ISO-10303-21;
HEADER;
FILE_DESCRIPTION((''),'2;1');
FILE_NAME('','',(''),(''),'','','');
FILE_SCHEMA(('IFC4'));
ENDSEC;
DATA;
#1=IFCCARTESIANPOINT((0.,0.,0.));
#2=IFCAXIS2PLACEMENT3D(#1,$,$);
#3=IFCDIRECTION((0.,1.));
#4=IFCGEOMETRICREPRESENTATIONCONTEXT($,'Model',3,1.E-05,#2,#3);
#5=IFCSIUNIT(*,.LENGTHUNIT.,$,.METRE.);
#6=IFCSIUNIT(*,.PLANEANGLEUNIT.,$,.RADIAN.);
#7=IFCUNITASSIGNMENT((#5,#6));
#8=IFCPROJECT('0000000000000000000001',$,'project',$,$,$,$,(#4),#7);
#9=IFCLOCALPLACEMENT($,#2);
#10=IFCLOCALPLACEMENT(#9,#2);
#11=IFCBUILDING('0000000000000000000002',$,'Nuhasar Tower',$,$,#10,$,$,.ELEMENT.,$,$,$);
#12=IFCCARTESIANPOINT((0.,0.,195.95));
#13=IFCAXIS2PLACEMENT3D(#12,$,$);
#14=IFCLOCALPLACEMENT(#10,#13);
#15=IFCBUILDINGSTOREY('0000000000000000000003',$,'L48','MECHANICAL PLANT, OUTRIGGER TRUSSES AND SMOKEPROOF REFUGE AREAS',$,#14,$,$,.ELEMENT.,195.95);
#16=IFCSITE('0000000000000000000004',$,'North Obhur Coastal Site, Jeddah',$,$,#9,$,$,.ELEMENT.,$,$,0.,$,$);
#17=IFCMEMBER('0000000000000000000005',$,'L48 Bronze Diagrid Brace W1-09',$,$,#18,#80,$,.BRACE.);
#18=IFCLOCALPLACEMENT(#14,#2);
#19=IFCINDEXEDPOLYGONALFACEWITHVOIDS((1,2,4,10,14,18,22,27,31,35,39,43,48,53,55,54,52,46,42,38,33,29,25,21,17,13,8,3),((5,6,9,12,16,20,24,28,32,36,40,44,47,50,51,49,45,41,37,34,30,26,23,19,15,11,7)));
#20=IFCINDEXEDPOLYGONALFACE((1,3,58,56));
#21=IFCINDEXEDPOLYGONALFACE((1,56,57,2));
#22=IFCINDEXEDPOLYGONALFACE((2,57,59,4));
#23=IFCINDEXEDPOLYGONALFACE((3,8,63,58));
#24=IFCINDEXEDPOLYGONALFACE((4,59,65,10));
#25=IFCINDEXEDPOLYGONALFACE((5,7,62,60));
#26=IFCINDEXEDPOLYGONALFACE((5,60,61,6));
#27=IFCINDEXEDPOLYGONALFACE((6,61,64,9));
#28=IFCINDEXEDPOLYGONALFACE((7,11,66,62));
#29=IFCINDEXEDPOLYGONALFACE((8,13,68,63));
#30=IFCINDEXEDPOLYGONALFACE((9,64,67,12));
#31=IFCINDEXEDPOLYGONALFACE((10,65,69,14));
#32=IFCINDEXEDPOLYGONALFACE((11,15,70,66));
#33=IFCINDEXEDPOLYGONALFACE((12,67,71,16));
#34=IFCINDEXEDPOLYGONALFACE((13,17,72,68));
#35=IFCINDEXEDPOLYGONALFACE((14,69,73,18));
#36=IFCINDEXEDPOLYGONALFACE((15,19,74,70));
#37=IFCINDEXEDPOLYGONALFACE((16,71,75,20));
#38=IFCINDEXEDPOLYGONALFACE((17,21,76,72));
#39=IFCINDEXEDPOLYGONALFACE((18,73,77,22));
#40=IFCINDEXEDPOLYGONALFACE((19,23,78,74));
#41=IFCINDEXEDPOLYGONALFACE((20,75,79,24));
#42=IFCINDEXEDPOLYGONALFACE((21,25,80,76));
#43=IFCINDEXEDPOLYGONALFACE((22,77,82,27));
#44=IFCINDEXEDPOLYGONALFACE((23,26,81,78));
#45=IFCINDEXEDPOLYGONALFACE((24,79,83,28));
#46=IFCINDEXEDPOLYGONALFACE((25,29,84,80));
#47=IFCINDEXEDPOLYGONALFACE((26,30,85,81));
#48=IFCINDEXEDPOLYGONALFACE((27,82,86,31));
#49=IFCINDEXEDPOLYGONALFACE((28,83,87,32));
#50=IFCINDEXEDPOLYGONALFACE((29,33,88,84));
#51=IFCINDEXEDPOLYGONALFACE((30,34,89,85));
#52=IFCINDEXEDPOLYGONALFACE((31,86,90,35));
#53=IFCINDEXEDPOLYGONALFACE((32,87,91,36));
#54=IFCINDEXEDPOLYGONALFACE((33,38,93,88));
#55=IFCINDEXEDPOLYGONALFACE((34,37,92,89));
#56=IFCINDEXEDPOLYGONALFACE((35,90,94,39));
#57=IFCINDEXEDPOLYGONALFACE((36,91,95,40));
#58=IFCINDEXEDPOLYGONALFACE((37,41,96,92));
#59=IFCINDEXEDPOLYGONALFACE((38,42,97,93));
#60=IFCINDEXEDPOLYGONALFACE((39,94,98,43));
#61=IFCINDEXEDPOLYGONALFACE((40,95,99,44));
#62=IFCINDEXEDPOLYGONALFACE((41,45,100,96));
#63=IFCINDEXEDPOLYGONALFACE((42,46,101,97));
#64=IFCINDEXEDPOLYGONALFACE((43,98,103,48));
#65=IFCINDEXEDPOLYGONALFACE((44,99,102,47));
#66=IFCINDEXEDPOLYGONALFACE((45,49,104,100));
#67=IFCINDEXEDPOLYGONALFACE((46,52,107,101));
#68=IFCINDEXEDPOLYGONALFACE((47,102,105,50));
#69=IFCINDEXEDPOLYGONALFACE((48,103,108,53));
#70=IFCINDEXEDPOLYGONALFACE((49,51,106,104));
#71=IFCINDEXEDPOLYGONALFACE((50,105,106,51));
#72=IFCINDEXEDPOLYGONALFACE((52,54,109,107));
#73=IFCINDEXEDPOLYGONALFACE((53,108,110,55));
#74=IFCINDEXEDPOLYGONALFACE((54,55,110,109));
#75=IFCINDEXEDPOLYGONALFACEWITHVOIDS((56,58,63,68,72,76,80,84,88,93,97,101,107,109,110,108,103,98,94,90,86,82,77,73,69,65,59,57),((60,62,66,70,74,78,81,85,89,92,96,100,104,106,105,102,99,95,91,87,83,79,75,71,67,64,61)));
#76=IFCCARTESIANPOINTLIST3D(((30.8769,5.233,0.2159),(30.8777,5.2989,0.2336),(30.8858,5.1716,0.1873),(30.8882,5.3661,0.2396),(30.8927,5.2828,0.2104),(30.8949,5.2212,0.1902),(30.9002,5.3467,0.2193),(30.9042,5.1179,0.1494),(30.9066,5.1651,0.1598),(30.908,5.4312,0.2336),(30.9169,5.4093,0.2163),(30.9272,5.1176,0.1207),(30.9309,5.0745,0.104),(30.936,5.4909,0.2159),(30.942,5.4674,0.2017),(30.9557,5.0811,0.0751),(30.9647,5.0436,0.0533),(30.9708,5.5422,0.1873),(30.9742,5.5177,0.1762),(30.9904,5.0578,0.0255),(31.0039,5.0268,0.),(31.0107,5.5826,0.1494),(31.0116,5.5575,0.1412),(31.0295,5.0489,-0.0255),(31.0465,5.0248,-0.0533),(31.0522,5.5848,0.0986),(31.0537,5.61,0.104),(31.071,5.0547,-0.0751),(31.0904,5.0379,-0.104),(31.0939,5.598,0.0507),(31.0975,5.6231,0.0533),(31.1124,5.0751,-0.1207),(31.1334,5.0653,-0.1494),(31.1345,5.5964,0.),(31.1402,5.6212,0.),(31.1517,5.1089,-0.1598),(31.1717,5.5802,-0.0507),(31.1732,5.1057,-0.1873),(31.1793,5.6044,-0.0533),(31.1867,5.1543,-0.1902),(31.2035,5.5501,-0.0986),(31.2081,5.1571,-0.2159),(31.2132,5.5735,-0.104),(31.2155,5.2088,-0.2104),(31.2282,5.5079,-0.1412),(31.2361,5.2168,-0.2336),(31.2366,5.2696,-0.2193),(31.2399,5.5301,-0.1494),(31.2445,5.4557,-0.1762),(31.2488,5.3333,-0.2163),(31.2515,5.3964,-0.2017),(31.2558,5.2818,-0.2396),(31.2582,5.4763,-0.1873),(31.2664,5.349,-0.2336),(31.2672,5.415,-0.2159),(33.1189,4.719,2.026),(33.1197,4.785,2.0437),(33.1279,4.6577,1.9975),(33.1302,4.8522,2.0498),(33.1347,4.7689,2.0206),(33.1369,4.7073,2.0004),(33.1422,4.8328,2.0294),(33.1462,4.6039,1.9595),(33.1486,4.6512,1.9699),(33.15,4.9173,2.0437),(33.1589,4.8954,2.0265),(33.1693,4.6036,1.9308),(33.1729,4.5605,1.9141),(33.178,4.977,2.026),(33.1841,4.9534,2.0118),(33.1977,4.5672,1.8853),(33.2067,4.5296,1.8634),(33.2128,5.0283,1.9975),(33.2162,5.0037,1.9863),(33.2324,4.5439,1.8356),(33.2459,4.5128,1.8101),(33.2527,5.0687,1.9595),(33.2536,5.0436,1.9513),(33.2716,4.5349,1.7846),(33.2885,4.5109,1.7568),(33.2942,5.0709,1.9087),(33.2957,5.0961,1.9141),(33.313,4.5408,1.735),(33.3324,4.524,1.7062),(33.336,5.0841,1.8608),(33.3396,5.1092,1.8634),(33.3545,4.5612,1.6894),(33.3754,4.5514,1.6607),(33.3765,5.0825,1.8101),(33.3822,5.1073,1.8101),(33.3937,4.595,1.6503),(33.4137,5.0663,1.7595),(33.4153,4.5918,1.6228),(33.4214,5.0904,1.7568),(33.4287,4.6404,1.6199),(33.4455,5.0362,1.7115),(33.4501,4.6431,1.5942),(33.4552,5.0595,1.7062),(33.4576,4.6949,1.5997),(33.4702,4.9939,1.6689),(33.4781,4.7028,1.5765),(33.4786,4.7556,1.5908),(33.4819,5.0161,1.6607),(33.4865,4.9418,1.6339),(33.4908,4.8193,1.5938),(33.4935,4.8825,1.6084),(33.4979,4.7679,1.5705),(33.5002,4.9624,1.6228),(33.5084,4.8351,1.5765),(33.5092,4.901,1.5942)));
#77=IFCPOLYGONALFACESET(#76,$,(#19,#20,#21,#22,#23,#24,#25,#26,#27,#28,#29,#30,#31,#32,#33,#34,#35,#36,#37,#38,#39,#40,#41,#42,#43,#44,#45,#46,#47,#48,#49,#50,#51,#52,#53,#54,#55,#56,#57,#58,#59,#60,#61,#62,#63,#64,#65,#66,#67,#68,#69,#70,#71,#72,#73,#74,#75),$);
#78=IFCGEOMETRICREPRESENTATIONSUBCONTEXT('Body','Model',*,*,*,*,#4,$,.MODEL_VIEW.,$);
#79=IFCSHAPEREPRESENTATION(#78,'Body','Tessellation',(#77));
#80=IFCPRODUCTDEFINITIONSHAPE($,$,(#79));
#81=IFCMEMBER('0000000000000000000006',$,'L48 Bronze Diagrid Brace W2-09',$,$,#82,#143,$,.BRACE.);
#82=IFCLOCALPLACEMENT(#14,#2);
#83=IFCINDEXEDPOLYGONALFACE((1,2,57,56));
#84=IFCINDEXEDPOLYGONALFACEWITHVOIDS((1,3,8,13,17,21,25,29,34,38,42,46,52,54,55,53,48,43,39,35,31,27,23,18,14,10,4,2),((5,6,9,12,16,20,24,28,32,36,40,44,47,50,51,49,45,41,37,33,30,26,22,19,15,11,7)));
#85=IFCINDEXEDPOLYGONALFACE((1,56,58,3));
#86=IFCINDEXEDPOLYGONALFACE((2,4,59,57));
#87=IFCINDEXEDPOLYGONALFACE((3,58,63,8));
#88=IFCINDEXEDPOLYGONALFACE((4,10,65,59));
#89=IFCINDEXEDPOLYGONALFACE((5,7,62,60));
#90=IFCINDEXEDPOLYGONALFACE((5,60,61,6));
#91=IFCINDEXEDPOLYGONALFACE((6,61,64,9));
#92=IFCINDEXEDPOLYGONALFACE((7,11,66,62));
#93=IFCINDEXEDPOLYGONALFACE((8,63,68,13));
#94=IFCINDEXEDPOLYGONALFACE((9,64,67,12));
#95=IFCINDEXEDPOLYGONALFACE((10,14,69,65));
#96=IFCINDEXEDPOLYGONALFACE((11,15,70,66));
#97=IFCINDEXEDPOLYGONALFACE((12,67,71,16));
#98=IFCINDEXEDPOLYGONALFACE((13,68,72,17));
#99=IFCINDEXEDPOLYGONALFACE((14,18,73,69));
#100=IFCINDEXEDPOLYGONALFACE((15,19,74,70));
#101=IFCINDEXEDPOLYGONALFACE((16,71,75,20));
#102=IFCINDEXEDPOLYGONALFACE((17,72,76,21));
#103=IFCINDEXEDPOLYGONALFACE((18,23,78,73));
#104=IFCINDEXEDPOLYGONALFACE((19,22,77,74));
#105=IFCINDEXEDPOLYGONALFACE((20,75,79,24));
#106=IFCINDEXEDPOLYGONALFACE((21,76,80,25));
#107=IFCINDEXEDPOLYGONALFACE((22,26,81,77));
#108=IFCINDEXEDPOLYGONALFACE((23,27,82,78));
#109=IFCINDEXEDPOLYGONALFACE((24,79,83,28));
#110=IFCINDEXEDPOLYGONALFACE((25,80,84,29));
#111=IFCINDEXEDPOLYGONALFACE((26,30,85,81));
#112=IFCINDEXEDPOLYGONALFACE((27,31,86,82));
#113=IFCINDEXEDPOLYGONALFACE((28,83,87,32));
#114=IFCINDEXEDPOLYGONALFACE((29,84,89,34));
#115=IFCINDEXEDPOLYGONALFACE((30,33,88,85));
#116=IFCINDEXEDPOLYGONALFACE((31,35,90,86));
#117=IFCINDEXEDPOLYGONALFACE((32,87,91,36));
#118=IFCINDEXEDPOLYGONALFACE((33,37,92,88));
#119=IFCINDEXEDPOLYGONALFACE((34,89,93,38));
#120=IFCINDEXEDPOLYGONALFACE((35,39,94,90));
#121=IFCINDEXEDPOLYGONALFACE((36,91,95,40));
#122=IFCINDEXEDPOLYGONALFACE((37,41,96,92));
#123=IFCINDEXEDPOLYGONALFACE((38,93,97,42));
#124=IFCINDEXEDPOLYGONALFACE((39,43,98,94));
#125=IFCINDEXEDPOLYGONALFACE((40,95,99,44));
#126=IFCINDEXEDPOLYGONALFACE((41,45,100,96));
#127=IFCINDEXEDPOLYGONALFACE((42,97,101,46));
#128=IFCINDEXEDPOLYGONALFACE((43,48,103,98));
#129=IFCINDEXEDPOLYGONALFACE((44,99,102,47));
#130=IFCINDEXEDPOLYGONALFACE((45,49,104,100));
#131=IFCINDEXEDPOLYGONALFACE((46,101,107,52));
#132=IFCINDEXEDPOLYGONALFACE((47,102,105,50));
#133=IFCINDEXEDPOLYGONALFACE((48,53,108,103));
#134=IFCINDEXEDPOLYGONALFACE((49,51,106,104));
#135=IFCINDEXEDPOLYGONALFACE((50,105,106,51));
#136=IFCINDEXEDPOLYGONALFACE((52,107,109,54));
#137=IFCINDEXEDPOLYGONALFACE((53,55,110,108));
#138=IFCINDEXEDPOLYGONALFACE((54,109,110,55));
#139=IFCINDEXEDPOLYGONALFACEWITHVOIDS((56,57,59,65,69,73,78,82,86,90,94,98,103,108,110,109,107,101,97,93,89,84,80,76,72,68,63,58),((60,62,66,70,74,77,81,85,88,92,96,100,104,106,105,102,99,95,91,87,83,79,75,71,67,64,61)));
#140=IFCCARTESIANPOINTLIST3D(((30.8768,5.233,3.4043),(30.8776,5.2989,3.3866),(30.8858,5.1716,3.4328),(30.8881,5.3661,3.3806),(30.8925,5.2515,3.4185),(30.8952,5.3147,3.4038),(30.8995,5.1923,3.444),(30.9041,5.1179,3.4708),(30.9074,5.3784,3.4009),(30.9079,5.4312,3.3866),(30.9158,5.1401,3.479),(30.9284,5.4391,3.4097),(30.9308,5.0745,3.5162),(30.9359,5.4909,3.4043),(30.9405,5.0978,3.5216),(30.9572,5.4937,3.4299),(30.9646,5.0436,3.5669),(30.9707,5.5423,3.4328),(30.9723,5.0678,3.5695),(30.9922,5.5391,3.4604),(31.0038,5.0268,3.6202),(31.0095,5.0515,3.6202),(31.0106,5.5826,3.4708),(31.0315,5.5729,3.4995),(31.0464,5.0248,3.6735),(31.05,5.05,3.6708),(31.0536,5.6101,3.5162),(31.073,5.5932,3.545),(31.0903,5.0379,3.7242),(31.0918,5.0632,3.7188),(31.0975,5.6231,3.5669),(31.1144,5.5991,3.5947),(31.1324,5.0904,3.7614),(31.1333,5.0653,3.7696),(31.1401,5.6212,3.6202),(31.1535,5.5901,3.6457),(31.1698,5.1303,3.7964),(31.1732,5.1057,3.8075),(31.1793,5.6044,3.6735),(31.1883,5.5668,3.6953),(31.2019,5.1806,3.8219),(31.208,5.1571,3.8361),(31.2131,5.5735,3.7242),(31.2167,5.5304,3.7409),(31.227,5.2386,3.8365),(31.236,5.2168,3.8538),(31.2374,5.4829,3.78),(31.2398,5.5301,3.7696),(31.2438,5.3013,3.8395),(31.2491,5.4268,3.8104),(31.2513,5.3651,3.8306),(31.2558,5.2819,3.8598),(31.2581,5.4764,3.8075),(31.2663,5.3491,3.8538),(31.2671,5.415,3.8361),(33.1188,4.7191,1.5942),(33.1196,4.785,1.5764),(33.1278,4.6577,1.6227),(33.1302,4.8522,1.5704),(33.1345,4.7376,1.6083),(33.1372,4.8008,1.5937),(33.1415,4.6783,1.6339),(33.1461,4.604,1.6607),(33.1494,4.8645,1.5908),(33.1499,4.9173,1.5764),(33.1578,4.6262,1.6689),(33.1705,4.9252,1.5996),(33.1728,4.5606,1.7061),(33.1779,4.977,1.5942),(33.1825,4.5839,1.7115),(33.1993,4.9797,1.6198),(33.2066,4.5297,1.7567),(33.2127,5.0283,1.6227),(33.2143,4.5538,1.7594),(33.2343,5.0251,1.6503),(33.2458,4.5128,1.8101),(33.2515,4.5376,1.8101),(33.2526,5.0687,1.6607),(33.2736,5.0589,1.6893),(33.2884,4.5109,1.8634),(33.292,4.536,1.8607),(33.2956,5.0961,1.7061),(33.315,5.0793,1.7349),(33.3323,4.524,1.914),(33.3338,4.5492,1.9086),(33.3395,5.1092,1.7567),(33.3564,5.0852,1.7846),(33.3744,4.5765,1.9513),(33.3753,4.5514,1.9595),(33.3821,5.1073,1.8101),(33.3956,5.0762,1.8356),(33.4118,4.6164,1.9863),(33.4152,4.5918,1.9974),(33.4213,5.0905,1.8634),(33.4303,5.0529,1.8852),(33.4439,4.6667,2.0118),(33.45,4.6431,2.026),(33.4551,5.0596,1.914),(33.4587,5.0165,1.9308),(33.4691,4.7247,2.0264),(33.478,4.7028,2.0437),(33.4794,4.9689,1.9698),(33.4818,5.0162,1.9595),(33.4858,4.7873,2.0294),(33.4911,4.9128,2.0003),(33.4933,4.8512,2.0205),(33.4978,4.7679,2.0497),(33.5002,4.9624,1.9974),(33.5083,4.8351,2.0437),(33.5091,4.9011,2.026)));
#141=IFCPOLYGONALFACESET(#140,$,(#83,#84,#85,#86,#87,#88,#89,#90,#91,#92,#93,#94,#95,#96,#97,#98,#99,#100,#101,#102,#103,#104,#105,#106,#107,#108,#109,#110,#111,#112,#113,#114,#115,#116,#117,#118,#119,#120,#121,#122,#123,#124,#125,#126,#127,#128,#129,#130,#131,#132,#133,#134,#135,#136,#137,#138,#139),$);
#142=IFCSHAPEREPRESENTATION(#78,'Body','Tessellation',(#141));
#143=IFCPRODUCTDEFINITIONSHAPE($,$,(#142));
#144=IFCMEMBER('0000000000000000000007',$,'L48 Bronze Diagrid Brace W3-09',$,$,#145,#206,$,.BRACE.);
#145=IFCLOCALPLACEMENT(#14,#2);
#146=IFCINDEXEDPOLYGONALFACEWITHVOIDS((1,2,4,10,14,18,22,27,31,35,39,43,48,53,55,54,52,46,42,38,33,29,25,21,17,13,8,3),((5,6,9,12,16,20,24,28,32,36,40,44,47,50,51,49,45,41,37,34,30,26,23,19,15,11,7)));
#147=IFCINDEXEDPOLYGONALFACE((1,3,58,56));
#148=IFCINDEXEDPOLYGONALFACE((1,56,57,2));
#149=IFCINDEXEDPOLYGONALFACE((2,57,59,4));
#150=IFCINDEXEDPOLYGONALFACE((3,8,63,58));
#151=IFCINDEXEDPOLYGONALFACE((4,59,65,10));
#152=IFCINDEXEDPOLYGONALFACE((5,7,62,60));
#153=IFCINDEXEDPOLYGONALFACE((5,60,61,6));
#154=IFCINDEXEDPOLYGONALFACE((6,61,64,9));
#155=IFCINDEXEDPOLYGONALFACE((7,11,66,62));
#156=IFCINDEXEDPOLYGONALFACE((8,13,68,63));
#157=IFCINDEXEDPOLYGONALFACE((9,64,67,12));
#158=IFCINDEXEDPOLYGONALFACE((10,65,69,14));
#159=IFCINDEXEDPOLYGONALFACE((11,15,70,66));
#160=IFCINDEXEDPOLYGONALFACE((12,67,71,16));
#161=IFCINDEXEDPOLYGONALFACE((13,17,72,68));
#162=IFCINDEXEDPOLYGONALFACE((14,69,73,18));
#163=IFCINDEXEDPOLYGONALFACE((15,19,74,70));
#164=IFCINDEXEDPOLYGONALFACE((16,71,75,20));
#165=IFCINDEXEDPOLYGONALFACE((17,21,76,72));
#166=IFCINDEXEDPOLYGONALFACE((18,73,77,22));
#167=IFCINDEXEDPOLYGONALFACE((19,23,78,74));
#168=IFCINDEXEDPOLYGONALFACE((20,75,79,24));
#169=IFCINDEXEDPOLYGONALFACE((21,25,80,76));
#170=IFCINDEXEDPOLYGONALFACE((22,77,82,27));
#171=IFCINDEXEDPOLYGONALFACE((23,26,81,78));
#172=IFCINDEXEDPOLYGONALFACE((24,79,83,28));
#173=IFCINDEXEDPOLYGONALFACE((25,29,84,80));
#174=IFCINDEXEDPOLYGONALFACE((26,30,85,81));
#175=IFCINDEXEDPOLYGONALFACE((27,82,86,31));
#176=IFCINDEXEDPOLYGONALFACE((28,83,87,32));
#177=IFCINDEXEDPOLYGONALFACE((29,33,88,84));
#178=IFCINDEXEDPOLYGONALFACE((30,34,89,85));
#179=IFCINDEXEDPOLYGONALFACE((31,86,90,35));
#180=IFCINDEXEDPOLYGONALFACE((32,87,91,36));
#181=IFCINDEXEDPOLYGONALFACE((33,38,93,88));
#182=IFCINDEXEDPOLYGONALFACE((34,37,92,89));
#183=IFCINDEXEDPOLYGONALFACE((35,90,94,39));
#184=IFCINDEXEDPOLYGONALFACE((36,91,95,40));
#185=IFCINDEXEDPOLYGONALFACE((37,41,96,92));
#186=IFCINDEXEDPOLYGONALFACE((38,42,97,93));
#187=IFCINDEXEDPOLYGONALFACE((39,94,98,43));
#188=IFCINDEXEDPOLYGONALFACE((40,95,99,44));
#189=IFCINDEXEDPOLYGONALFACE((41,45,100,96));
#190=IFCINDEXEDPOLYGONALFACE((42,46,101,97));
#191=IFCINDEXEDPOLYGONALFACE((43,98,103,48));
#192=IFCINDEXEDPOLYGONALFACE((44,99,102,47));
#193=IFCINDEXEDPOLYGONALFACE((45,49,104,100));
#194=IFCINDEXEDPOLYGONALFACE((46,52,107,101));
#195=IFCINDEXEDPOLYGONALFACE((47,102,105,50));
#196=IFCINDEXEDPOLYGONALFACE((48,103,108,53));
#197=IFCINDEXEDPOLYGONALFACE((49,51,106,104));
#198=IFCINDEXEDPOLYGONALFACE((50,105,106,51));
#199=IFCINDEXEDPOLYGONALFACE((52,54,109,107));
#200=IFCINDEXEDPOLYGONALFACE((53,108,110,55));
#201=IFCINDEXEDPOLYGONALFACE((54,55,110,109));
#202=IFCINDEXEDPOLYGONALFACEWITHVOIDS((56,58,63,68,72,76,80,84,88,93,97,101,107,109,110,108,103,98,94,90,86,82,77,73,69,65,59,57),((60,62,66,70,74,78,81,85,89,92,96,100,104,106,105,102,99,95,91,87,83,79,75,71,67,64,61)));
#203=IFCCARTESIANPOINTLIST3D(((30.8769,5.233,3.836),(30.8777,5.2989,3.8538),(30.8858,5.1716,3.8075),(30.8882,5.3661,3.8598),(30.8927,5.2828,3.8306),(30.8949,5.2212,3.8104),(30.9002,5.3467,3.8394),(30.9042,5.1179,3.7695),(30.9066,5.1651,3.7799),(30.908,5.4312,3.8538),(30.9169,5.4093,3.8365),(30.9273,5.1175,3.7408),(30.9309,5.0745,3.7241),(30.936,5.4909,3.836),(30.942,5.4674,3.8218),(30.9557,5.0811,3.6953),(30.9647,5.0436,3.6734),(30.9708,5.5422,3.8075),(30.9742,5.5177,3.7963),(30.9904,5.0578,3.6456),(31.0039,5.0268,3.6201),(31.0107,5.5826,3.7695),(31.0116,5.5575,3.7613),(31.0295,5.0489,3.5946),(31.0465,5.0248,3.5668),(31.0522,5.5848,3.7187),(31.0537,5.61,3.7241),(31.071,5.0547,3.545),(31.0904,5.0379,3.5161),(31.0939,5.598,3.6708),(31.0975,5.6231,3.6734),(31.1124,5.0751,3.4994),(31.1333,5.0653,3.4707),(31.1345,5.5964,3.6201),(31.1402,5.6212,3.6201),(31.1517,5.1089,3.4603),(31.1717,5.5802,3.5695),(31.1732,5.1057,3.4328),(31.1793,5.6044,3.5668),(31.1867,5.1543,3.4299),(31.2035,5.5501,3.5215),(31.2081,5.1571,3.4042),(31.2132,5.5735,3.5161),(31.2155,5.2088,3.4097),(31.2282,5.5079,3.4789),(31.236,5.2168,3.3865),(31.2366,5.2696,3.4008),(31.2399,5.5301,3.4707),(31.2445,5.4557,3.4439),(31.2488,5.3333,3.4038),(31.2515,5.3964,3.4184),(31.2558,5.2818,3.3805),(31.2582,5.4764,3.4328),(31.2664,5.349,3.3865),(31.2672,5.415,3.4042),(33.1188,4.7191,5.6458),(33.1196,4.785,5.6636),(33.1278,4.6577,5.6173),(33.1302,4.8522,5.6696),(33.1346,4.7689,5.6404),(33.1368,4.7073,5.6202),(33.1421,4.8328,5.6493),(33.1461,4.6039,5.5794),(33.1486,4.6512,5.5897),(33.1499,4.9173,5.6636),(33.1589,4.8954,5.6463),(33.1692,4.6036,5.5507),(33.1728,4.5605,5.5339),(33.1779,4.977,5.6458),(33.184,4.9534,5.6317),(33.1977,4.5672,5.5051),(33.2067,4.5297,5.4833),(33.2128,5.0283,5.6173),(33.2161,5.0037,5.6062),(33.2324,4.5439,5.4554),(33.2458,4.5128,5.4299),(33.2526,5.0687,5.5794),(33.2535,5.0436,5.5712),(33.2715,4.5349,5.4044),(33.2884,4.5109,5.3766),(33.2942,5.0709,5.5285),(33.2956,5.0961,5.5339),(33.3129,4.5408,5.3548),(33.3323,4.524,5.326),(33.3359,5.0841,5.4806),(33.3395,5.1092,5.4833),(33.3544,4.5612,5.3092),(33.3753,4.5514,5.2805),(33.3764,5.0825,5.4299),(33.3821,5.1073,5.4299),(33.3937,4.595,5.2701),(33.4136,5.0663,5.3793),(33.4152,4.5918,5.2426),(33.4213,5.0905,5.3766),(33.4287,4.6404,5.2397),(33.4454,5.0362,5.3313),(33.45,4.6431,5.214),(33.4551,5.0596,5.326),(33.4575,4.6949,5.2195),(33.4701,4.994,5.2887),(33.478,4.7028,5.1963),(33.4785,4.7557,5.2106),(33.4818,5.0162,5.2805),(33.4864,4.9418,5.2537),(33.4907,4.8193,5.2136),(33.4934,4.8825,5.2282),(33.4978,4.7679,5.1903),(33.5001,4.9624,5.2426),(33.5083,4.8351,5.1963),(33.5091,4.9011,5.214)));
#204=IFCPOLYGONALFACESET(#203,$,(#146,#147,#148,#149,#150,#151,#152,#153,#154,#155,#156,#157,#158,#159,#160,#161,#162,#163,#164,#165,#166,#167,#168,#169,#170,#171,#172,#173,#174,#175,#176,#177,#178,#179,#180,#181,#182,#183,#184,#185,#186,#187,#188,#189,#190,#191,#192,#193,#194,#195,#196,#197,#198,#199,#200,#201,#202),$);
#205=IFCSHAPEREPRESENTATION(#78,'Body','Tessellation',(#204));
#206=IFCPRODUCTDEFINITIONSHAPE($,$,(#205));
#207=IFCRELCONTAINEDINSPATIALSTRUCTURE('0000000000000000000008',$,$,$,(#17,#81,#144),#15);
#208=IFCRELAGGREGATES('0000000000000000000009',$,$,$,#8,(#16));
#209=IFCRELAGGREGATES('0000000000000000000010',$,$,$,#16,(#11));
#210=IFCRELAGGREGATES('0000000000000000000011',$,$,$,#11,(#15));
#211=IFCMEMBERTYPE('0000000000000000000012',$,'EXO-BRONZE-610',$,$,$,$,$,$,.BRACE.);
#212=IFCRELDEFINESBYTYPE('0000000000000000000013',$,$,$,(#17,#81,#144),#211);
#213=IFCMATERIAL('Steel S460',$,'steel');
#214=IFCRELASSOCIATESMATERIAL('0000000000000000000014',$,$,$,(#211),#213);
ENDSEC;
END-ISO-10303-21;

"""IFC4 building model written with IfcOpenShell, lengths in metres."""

from ifc_helpers import new_model, si_unit, direction, frame, origin, origin_2d, place, context, subcontext, project, spatial, hollow_circle, extrude, material, material_profile, profile_set, type_object, element, save


model = new_model("IFC4")

# Units and contexts
model_context = context("Model", 3, precision=1e-05, world=origin(), true_north=direction((0.0, 1.0)))
body_context = subcontext(model_context, "Body", "Model", "MODEL_VIEW")
ifc_project = project(units=[si_unit("LENGTHUNIT", "METRE"), si_unit("PLANEANGLEUNIT", "RADIAN")], contexts=[model_context])

# Site, building, storey
site_placement = place(None, origin())
site = spatial("IfcSite", under=ifc_project, at=site_placement, Name="North Obhur Coastal Site, Jeddah", CompositionType="ELEMENT", RefElevation=0.0)
building_placement = place(site_placement, origin())
building = spatial("IfcBuilding", under=site, at=building_placement, Name="Nuhasar Tower", CompositionType="ELEMENT")
storey_placement = place(building_placement, frame((0.0, 0.0, 195.95)))
storey = spatial("IfcBuildingStorey", under=building, at=storey_placement, Name="L48", Description="MECHANICAL PLANT, OUTRIGGER TRUSSES AND SMOKEPROOF REFUGE AREAS", CompositionType="ELEMENT", Elevation=195.95)

# Shared definitions
ifc_material_1 = material(Name="Steel S460", Category="steel")

# Members
ifc_material_profile_1 = material_profile(ifc_material_1, hollow_circle(Radius=0.3049, WallThickness=0.0254, at=origin_2d()), Name="HSS610X25.4")
ifc_profile_set_1 = profile_set([ifc_material_profile_1], Name="Steel S460")
member_type_1 = type_object("IfcMemberType", Name="EXO-BRONZE-610", PredefinedType="BRACE", material=ifc_profile_set_1)
for number, where, z_axis, x_axis, name in (
    (1, (31.072, 5.324, 0.0), (0.765979, -0.175584, 0.618422), (0.223433, 0.974719, 0.0), "L48 Bronze Diagrid Brace W1-09"),
    (2, (33.314, 4.8101, 1.8101), (-0.765979, 0.175584, 0.618422), (-0.223433, -0.974719, 0.0), "L48 Bronze Diagrid Brace W2-09"),
):
    element("IfcMember", number, at=place(storey_placement, frame(where, z_axis=z_axis, x_axis=x_axis)), inside=storey, type_object=member_type_1, Name=name, PredefinedType="BRACE", context=body_context, shape_type="SweptSolid", body=[
        extrude(hollow_circle(Radius=0.3049, WallThickness=0.0254, at=origin_2d()), origin(), (0.0, 0.0, 1.0), 2.927),
    ])
member_1_placement = place(storey_placement, frame((31.072, 5.324, 3.6201), z_axis=(0.766019, -0.175593, 0.618371), x_axis=(0.223433, 0.974719, 0.0)))
element("IfcMember", 3, at=member_1_placement, inside=storey, type_object=member_type_1, Name="L48 Bronze Diagrid Brace W3-09", PredefinedType="BRACE", context=body_context, shape_type="SweptSolid", body=[
    extrude(hollow_circle(Radius=0.3049, WallThickness=0.0254, at=origin_2d()), origin(), (0.0, 0.0, 1.0), 2.9268),
])

save(model, "model.ifc")
